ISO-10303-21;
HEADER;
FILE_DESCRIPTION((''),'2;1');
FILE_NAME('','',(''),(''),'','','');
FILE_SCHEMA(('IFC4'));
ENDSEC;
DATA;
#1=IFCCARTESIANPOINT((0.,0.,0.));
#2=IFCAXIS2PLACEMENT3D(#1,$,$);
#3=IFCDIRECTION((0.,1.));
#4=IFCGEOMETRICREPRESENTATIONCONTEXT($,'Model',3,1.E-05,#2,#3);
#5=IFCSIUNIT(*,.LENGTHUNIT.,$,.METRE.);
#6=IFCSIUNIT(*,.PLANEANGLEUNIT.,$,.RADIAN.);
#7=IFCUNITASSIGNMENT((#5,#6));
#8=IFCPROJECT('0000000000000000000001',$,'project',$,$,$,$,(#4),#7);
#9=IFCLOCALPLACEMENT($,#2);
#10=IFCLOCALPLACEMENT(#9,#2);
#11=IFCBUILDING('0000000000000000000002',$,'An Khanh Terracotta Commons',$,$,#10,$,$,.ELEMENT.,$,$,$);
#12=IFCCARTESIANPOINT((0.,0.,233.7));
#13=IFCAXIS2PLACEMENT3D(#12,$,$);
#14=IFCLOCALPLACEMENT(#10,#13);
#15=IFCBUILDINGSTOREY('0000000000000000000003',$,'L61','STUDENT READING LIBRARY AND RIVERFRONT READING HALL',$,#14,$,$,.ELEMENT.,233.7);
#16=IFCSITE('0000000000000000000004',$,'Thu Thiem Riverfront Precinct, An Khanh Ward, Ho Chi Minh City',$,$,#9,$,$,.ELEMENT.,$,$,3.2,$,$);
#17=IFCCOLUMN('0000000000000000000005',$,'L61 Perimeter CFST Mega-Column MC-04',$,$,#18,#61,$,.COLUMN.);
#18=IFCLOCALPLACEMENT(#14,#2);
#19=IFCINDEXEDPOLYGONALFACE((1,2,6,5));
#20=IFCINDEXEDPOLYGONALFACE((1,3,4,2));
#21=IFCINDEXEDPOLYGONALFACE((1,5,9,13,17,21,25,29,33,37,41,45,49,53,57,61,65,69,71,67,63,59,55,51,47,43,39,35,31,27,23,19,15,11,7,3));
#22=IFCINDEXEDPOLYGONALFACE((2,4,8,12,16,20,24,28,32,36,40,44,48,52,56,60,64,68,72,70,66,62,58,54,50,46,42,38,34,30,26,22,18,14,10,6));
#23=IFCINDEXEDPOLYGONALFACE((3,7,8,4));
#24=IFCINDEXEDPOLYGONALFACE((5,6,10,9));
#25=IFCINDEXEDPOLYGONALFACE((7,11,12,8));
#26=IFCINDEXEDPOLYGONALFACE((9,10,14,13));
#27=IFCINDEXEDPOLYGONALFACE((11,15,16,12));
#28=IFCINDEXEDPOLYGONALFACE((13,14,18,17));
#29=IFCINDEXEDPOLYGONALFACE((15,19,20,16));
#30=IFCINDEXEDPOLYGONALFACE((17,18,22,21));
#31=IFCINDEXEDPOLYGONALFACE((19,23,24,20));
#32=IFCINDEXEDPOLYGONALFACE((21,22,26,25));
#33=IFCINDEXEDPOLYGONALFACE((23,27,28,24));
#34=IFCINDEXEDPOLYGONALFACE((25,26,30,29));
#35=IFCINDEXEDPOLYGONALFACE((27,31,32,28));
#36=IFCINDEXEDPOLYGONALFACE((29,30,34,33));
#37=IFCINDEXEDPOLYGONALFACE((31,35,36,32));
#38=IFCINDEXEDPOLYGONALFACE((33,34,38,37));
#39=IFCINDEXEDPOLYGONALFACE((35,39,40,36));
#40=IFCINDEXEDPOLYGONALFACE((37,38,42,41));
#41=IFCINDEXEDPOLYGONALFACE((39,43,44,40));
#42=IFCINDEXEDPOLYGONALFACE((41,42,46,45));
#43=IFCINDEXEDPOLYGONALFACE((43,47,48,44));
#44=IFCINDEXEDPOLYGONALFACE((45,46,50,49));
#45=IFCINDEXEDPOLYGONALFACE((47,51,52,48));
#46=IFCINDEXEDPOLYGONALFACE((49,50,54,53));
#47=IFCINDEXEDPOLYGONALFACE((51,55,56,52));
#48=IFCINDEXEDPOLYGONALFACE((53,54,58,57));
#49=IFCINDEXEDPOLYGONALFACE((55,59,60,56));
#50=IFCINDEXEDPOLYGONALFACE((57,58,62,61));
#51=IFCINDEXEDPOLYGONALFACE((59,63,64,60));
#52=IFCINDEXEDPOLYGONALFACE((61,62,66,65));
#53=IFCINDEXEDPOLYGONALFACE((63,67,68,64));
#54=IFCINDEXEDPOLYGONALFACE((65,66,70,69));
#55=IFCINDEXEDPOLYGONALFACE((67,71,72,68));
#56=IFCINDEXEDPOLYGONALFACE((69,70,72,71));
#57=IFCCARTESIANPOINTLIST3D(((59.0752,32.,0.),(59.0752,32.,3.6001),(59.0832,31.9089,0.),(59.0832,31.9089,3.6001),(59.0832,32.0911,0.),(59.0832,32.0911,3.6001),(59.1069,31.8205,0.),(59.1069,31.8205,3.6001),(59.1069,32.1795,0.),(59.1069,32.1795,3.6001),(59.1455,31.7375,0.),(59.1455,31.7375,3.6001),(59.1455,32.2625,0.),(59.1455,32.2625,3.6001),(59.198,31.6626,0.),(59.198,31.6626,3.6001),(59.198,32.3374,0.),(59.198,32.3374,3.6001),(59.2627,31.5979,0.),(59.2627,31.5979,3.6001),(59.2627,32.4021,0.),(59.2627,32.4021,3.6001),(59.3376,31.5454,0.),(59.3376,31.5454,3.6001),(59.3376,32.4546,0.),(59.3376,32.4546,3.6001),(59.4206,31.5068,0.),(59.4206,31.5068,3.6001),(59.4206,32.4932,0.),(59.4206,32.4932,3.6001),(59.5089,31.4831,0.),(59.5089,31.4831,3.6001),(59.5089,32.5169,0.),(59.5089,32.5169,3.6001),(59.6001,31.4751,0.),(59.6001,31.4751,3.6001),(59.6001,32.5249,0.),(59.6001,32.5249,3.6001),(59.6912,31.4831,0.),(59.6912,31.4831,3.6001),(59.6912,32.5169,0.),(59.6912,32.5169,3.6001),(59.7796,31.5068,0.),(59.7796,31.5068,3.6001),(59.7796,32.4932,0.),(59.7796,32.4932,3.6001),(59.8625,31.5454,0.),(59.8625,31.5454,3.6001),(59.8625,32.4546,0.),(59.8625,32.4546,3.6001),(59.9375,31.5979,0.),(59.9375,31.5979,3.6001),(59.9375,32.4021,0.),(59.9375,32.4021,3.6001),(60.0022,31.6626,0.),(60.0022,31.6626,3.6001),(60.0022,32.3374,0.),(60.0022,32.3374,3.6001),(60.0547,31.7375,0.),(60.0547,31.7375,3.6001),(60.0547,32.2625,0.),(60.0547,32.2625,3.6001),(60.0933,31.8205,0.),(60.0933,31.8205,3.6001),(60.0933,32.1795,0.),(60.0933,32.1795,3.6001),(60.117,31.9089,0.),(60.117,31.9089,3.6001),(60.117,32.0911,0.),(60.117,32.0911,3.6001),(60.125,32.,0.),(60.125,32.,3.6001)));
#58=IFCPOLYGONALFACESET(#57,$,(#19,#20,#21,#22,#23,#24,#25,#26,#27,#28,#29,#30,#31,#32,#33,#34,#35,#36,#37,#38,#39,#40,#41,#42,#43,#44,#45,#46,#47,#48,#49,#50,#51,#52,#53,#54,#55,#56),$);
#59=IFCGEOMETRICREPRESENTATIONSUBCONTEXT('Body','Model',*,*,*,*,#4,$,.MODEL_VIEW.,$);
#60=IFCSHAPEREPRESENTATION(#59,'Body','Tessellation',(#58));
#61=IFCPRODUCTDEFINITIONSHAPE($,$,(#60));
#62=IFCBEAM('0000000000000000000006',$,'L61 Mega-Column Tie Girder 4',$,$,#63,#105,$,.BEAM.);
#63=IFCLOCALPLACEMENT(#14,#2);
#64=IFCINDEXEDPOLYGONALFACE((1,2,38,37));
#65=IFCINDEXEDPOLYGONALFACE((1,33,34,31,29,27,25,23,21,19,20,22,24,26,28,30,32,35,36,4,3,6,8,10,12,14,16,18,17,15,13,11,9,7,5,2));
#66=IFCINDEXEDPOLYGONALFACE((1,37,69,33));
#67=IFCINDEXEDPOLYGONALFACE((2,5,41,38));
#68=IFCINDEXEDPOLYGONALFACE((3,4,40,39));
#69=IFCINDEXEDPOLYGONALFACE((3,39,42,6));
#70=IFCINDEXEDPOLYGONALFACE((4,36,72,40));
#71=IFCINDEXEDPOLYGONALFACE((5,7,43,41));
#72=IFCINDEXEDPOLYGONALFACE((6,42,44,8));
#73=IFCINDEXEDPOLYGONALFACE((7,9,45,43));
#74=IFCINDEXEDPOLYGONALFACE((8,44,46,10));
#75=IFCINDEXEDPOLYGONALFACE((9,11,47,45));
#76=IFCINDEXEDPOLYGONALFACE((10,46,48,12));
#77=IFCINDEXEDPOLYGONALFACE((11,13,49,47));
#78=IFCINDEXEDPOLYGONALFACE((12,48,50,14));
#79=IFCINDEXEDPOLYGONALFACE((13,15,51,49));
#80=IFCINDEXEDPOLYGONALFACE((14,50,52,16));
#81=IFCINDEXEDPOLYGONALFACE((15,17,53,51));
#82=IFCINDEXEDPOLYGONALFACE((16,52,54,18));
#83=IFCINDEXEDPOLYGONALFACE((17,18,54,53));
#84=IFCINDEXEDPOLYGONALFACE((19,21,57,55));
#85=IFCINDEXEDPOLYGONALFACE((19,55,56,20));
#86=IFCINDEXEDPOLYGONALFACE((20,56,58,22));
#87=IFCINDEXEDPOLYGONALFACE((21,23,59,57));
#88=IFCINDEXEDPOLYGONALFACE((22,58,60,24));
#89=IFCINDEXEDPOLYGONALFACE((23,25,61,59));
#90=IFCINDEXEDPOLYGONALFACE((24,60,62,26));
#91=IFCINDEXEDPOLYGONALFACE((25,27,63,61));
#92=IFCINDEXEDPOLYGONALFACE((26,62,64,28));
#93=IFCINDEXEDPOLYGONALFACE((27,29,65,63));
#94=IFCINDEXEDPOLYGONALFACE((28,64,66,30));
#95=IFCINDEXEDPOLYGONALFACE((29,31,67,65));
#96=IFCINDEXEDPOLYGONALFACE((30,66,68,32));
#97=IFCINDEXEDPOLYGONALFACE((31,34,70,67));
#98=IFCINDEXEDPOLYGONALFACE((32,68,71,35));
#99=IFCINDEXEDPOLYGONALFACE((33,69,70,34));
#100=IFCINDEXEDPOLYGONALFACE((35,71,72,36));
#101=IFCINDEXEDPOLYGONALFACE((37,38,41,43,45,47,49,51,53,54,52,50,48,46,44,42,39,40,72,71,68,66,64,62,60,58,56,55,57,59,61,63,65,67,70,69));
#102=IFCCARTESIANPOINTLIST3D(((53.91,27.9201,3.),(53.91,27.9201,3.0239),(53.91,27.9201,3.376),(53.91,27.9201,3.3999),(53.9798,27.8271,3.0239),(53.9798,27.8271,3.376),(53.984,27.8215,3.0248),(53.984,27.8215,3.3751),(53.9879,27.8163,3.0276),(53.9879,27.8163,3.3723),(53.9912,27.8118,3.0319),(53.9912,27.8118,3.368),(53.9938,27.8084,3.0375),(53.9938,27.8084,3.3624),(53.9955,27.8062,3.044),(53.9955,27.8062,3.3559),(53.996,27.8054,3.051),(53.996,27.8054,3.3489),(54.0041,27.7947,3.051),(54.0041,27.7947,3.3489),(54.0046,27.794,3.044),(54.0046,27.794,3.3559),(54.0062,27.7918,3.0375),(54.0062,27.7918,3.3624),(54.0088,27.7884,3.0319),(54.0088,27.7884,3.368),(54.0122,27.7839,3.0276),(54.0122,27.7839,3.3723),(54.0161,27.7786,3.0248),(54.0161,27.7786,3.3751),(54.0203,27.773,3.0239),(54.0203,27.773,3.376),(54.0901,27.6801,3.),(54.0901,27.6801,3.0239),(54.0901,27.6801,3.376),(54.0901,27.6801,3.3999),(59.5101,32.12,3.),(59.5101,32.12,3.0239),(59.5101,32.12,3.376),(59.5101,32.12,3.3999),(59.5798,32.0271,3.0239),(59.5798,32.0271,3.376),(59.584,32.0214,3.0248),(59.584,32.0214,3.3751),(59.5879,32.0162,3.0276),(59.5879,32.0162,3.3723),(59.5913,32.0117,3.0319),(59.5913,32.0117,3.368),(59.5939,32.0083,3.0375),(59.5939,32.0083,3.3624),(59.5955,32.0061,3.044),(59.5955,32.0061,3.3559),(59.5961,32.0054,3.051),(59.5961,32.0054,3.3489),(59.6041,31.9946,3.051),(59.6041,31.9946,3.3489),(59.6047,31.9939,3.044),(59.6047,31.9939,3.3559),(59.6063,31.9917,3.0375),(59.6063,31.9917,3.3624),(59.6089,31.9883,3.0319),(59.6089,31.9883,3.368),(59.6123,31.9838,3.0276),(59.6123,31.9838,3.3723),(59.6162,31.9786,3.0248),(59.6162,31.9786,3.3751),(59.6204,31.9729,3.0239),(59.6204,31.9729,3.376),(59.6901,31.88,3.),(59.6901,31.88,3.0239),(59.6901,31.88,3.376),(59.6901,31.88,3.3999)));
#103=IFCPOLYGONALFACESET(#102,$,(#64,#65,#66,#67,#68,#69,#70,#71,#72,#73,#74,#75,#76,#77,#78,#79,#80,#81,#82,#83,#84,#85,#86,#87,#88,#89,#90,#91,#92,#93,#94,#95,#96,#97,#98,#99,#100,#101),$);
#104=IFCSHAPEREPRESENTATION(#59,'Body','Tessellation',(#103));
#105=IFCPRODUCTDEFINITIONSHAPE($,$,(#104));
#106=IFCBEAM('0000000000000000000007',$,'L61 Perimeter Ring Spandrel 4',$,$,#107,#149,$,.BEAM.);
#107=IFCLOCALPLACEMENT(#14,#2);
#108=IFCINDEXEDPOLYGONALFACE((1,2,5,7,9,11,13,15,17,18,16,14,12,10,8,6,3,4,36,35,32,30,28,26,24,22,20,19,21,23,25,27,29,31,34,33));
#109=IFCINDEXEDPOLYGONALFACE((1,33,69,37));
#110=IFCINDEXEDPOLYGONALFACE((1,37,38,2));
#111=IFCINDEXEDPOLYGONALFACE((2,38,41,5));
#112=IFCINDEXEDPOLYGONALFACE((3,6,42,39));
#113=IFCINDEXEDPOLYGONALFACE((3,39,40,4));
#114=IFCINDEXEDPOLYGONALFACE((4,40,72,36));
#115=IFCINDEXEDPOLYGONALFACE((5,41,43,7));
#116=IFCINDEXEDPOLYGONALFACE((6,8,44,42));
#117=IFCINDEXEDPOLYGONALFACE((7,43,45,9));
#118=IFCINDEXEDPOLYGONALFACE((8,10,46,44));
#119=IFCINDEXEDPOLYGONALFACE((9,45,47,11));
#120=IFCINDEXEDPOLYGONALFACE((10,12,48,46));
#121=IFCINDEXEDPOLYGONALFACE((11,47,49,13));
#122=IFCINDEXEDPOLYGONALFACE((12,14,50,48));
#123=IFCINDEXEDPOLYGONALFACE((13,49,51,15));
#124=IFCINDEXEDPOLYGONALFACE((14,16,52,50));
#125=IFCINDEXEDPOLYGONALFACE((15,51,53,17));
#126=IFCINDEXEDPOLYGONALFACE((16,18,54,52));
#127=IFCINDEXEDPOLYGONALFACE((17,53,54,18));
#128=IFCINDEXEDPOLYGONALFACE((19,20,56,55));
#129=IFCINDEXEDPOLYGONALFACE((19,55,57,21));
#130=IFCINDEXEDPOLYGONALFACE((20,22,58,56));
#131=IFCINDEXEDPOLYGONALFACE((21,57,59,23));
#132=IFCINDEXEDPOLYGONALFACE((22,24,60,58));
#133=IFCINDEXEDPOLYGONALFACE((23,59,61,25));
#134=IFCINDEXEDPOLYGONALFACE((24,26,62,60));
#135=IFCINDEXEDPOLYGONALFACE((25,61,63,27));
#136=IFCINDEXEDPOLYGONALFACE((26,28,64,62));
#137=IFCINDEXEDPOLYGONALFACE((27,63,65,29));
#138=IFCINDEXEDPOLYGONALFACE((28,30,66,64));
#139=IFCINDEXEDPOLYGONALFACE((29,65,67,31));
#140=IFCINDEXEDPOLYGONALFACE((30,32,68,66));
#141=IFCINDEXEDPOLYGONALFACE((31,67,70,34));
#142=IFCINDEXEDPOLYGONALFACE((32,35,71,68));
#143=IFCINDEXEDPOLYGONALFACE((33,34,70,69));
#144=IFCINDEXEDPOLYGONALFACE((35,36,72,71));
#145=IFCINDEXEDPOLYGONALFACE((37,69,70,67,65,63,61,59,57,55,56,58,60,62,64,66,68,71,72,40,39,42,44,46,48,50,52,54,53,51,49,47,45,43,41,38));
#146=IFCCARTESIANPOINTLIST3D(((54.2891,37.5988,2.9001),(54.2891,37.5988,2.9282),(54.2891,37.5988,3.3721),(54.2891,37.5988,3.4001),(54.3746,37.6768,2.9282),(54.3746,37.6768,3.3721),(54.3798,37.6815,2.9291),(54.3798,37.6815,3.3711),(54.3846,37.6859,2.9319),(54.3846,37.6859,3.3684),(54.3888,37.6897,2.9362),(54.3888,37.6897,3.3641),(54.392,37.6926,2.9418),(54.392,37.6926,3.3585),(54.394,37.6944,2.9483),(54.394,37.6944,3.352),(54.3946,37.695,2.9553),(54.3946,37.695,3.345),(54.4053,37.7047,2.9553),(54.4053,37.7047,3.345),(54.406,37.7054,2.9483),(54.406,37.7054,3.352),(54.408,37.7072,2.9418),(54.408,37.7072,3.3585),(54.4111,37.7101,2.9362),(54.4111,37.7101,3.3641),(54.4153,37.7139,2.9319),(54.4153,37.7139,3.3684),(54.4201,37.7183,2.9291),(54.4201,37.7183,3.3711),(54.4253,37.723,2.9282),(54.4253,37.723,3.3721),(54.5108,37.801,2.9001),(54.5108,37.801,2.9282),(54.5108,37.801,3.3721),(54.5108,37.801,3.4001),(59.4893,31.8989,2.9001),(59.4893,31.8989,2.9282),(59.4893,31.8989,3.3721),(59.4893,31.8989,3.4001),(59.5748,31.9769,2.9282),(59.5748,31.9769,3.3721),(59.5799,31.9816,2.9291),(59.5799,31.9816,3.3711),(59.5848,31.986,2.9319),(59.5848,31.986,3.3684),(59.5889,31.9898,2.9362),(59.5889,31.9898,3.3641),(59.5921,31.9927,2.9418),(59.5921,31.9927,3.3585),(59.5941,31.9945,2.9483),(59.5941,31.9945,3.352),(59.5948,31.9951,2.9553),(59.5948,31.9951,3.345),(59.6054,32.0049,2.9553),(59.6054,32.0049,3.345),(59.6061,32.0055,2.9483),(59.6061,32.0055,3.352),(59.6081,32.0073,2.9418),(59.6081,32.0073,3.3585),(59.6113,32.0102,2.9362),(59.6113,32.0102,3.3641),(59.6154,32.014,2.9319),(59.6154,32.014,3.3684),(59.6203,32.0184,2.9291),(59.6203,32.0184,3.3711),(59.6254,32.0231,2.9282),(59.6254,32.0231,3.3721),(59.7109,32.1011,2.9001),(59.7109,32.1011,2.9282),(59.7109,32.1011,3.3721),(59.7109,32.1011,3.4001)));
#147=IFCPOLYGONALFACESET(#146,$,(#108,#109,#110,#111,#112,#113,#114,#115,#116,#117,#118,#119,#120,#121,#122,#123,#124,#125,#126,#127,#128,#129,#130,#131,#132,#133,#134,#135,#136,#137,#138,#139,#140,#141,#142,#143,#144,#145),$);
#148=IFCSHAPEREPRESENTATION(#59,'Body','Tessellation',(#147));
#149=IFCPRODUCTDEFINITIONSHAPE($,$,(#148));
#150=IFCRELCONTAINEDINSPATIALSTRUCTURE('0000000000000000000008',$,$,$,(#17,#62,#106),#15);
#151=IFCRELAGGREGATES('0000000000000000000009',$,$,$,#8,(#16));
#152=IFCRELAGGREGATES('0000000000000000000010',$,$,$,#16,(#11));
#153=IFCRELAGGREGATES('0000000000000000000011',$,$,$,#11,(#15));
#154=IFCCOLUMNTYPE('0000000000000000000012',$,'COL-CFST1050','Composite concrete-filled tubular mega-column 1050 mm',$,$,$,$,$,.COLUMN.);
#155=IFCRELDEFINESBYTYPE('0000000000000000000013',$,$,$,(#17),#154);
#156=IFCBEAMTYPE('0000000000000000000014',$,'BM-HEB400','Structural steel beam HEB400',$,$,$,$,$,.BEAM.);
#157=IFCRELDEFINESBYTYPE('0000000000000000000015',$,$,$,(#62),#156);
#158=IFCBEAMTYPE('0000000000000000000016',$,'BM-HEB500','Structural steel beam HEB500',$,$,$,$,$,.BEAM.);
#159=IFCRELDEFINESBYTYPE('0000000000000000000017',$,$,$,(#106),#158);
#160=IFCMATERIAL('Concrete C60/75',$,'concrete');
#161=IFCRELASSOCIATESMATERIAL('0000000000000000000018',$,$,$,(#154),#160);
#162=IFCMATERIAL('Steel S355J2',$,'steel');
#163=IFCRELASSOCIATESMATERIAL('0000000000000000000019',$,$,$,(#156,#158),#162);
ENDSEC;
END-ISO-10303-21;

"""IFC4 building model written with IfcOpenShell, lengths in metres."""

from ifc_helpers import new_model, si_unit, direction, frame, origin, origin_2d, place, context, subcontext, project, spatial, circle, i_section, extrude, material, material_profile, profile_set, type_object, element, save


model = new_model("IFC4")

# Units and contexts
model_context = context("Model", 3, precision=1e-05, world=origin(), true_north=direction((0.0, 1.0)))
body_context = subcontext(model_context, "Body", "Model", "MODEL_VIEW")
ifc_project = project(units=[si_unit("LENGTHUNIT", "METRE"), si_unit("PLANEANGLEUNIT", "RADIAN")], contexts=[model_context])

# Site, building, storey
site_placement = place(None, origin())
site = spatial("IfcSite", under=ifc_project, at=site_placement, Name="Thu Thiem Riverfront Precinct, An Khanh Ward, Ho Chi Minh City", CompositionType="ELEMENT", RefElevation=3.2)
building_placement = place(site_placement, origin())
building = spatial("IfcBuilding", under=site, at=building_placement, Name="An Khanh Terracotta Commons", CompositionType="ELEMENT")
storey_placement = place(building_placement, frame((0.0, 0.0, 233.7)))
storey = spatial("IfcBuildingStorey", under=building, at=storey_placement, Name="L61", Description="STUDENT READING LIBRARY AND RIVERFRONT READING HALL", CompositionType="ELEMENT", Elevation=233.7)

# Column
ifc_material_1 = material(Name="Concrete C60/75", Category="concrete")
ifc_material_profile_1 = material_profile(ifc_material_1, circle(Radius=0.5249, at=origin_2d()), Name="CFST1050")
ifc_profile_set_1 = profile_set([ifc_material_profile_1], Name="Concrete C60/75")
column_type = type_object("IfcColumnType", Name="COL-CFST1050", Description="Composite concrete-filled tubular mega-column 1050 mm", PredefinedType="COLUMN", material=ifc_profile_set_1)
column_placement = place(storey_placement, frame((59.6001, 32.0, 0.0), z_axis=(0.0, 0.0, 1.0), x_axis=(1.0, 0.0, 0.0)))
element("IfcColumn", 1, at=column_placement, inside=storey, type_object=column_type, Name="L61 Perimeter CFST Mega-Column MC-04", PredefinedType="COLUMN", context=body_context, shape_type="SweptSolid", body=[
    extrude(circle(Radius=0.5249, at=origin_2d()), origin(), (0.0, 0.0, 1.0), 3.6001),
])

# Beams
ifc_material_2 = material(Name="Steel S355J2", Category="steel")
ifc_material_profile_2 = material_profile(ifc_material_2, i_section(OverallWidth=0.3, OverallDepth=0.3999, WebThickness=0.0134, FlangeThickness=0.0239, FilletRadius=0.0271, at=origin_2d()), Name="HEB400")
ifc_profile_set_2 = profile_set([ifc_material_profile_2], Name="Steel S355J2")
beam_type_1 = type_object("IfcBeamType", Name="BM-HEB400", Description="Structural steel beam HEB400", PredefinedType="BEAM", material=ifc_profile_set_2)
beam_1_placement = place(storey_placement, frame((59.6001, 32.0, 3.2), z_axis=(-0.800008, -0.599989, 0.0), x_axis=(0.599989, -0.800008, 0.0)))
element("IfcBeam", 2, at=beam_1_placement, inside=storey, type_object=beam_type_1, Name="L61 Mega-Column Tie Girder 4", PredefinedType="BEAM", context=body_context, shape_type="SweptSolid", body=[
    extrude(i_section(OverallWidth=0.3, OverallDepth=0.3999, WebThickness=0.0134, FlangeThickness=0.0239, FilletRadius=0.0271, at=origin_2d()), origin(), (0.0, 0.0, 1.0), 7.0),
])
ifc_material_profile_3 = material_profile(ifc_material_2, i_section(OverallWidth=0.3, OverallDepth=0.5, WebThickness=0.0144, FlangeThickness=0.0281, FilletRadius=0.0271, at=origin_2d()), Name="HEB500")
ifc_profile_set_3 = profile_set([ifc_material_profile_3], Name="Steel S355J2")
beam_type_2 = type_object("IfcBeamType", Name="BM-HEB500", Description="Structural steel beam HEB500", PredefinedType="BEAM", material=ifc_profile_set_3)
beam_2_placement = place(storey_placement, frame((59.6001, 32.0, 3.1501), z_axis=(-0.673979, 0.738751, 0.0), x_axis=(-0.738751, -0.673979, 0.0)))
element("IfcBeam", 3, at=beam_2_placement, inside=storey, type_object=beam_type_2, Name="L61 Perimeter Ring Spandrel 4", PredefinedType="BEAM", context=body_context, shape_type="SweptSolid", body=[
    extrude(i_section(OverallWidth=0.3, OverallDepth=0.5, WebThickness=0.0144, FlangeThickness=0.0281, FilletRadius=0.0271, at=origin_2d()), origin(), (0.0, 0.0, 1.0), 7.7156),
])

save(model, "model.ifc")
